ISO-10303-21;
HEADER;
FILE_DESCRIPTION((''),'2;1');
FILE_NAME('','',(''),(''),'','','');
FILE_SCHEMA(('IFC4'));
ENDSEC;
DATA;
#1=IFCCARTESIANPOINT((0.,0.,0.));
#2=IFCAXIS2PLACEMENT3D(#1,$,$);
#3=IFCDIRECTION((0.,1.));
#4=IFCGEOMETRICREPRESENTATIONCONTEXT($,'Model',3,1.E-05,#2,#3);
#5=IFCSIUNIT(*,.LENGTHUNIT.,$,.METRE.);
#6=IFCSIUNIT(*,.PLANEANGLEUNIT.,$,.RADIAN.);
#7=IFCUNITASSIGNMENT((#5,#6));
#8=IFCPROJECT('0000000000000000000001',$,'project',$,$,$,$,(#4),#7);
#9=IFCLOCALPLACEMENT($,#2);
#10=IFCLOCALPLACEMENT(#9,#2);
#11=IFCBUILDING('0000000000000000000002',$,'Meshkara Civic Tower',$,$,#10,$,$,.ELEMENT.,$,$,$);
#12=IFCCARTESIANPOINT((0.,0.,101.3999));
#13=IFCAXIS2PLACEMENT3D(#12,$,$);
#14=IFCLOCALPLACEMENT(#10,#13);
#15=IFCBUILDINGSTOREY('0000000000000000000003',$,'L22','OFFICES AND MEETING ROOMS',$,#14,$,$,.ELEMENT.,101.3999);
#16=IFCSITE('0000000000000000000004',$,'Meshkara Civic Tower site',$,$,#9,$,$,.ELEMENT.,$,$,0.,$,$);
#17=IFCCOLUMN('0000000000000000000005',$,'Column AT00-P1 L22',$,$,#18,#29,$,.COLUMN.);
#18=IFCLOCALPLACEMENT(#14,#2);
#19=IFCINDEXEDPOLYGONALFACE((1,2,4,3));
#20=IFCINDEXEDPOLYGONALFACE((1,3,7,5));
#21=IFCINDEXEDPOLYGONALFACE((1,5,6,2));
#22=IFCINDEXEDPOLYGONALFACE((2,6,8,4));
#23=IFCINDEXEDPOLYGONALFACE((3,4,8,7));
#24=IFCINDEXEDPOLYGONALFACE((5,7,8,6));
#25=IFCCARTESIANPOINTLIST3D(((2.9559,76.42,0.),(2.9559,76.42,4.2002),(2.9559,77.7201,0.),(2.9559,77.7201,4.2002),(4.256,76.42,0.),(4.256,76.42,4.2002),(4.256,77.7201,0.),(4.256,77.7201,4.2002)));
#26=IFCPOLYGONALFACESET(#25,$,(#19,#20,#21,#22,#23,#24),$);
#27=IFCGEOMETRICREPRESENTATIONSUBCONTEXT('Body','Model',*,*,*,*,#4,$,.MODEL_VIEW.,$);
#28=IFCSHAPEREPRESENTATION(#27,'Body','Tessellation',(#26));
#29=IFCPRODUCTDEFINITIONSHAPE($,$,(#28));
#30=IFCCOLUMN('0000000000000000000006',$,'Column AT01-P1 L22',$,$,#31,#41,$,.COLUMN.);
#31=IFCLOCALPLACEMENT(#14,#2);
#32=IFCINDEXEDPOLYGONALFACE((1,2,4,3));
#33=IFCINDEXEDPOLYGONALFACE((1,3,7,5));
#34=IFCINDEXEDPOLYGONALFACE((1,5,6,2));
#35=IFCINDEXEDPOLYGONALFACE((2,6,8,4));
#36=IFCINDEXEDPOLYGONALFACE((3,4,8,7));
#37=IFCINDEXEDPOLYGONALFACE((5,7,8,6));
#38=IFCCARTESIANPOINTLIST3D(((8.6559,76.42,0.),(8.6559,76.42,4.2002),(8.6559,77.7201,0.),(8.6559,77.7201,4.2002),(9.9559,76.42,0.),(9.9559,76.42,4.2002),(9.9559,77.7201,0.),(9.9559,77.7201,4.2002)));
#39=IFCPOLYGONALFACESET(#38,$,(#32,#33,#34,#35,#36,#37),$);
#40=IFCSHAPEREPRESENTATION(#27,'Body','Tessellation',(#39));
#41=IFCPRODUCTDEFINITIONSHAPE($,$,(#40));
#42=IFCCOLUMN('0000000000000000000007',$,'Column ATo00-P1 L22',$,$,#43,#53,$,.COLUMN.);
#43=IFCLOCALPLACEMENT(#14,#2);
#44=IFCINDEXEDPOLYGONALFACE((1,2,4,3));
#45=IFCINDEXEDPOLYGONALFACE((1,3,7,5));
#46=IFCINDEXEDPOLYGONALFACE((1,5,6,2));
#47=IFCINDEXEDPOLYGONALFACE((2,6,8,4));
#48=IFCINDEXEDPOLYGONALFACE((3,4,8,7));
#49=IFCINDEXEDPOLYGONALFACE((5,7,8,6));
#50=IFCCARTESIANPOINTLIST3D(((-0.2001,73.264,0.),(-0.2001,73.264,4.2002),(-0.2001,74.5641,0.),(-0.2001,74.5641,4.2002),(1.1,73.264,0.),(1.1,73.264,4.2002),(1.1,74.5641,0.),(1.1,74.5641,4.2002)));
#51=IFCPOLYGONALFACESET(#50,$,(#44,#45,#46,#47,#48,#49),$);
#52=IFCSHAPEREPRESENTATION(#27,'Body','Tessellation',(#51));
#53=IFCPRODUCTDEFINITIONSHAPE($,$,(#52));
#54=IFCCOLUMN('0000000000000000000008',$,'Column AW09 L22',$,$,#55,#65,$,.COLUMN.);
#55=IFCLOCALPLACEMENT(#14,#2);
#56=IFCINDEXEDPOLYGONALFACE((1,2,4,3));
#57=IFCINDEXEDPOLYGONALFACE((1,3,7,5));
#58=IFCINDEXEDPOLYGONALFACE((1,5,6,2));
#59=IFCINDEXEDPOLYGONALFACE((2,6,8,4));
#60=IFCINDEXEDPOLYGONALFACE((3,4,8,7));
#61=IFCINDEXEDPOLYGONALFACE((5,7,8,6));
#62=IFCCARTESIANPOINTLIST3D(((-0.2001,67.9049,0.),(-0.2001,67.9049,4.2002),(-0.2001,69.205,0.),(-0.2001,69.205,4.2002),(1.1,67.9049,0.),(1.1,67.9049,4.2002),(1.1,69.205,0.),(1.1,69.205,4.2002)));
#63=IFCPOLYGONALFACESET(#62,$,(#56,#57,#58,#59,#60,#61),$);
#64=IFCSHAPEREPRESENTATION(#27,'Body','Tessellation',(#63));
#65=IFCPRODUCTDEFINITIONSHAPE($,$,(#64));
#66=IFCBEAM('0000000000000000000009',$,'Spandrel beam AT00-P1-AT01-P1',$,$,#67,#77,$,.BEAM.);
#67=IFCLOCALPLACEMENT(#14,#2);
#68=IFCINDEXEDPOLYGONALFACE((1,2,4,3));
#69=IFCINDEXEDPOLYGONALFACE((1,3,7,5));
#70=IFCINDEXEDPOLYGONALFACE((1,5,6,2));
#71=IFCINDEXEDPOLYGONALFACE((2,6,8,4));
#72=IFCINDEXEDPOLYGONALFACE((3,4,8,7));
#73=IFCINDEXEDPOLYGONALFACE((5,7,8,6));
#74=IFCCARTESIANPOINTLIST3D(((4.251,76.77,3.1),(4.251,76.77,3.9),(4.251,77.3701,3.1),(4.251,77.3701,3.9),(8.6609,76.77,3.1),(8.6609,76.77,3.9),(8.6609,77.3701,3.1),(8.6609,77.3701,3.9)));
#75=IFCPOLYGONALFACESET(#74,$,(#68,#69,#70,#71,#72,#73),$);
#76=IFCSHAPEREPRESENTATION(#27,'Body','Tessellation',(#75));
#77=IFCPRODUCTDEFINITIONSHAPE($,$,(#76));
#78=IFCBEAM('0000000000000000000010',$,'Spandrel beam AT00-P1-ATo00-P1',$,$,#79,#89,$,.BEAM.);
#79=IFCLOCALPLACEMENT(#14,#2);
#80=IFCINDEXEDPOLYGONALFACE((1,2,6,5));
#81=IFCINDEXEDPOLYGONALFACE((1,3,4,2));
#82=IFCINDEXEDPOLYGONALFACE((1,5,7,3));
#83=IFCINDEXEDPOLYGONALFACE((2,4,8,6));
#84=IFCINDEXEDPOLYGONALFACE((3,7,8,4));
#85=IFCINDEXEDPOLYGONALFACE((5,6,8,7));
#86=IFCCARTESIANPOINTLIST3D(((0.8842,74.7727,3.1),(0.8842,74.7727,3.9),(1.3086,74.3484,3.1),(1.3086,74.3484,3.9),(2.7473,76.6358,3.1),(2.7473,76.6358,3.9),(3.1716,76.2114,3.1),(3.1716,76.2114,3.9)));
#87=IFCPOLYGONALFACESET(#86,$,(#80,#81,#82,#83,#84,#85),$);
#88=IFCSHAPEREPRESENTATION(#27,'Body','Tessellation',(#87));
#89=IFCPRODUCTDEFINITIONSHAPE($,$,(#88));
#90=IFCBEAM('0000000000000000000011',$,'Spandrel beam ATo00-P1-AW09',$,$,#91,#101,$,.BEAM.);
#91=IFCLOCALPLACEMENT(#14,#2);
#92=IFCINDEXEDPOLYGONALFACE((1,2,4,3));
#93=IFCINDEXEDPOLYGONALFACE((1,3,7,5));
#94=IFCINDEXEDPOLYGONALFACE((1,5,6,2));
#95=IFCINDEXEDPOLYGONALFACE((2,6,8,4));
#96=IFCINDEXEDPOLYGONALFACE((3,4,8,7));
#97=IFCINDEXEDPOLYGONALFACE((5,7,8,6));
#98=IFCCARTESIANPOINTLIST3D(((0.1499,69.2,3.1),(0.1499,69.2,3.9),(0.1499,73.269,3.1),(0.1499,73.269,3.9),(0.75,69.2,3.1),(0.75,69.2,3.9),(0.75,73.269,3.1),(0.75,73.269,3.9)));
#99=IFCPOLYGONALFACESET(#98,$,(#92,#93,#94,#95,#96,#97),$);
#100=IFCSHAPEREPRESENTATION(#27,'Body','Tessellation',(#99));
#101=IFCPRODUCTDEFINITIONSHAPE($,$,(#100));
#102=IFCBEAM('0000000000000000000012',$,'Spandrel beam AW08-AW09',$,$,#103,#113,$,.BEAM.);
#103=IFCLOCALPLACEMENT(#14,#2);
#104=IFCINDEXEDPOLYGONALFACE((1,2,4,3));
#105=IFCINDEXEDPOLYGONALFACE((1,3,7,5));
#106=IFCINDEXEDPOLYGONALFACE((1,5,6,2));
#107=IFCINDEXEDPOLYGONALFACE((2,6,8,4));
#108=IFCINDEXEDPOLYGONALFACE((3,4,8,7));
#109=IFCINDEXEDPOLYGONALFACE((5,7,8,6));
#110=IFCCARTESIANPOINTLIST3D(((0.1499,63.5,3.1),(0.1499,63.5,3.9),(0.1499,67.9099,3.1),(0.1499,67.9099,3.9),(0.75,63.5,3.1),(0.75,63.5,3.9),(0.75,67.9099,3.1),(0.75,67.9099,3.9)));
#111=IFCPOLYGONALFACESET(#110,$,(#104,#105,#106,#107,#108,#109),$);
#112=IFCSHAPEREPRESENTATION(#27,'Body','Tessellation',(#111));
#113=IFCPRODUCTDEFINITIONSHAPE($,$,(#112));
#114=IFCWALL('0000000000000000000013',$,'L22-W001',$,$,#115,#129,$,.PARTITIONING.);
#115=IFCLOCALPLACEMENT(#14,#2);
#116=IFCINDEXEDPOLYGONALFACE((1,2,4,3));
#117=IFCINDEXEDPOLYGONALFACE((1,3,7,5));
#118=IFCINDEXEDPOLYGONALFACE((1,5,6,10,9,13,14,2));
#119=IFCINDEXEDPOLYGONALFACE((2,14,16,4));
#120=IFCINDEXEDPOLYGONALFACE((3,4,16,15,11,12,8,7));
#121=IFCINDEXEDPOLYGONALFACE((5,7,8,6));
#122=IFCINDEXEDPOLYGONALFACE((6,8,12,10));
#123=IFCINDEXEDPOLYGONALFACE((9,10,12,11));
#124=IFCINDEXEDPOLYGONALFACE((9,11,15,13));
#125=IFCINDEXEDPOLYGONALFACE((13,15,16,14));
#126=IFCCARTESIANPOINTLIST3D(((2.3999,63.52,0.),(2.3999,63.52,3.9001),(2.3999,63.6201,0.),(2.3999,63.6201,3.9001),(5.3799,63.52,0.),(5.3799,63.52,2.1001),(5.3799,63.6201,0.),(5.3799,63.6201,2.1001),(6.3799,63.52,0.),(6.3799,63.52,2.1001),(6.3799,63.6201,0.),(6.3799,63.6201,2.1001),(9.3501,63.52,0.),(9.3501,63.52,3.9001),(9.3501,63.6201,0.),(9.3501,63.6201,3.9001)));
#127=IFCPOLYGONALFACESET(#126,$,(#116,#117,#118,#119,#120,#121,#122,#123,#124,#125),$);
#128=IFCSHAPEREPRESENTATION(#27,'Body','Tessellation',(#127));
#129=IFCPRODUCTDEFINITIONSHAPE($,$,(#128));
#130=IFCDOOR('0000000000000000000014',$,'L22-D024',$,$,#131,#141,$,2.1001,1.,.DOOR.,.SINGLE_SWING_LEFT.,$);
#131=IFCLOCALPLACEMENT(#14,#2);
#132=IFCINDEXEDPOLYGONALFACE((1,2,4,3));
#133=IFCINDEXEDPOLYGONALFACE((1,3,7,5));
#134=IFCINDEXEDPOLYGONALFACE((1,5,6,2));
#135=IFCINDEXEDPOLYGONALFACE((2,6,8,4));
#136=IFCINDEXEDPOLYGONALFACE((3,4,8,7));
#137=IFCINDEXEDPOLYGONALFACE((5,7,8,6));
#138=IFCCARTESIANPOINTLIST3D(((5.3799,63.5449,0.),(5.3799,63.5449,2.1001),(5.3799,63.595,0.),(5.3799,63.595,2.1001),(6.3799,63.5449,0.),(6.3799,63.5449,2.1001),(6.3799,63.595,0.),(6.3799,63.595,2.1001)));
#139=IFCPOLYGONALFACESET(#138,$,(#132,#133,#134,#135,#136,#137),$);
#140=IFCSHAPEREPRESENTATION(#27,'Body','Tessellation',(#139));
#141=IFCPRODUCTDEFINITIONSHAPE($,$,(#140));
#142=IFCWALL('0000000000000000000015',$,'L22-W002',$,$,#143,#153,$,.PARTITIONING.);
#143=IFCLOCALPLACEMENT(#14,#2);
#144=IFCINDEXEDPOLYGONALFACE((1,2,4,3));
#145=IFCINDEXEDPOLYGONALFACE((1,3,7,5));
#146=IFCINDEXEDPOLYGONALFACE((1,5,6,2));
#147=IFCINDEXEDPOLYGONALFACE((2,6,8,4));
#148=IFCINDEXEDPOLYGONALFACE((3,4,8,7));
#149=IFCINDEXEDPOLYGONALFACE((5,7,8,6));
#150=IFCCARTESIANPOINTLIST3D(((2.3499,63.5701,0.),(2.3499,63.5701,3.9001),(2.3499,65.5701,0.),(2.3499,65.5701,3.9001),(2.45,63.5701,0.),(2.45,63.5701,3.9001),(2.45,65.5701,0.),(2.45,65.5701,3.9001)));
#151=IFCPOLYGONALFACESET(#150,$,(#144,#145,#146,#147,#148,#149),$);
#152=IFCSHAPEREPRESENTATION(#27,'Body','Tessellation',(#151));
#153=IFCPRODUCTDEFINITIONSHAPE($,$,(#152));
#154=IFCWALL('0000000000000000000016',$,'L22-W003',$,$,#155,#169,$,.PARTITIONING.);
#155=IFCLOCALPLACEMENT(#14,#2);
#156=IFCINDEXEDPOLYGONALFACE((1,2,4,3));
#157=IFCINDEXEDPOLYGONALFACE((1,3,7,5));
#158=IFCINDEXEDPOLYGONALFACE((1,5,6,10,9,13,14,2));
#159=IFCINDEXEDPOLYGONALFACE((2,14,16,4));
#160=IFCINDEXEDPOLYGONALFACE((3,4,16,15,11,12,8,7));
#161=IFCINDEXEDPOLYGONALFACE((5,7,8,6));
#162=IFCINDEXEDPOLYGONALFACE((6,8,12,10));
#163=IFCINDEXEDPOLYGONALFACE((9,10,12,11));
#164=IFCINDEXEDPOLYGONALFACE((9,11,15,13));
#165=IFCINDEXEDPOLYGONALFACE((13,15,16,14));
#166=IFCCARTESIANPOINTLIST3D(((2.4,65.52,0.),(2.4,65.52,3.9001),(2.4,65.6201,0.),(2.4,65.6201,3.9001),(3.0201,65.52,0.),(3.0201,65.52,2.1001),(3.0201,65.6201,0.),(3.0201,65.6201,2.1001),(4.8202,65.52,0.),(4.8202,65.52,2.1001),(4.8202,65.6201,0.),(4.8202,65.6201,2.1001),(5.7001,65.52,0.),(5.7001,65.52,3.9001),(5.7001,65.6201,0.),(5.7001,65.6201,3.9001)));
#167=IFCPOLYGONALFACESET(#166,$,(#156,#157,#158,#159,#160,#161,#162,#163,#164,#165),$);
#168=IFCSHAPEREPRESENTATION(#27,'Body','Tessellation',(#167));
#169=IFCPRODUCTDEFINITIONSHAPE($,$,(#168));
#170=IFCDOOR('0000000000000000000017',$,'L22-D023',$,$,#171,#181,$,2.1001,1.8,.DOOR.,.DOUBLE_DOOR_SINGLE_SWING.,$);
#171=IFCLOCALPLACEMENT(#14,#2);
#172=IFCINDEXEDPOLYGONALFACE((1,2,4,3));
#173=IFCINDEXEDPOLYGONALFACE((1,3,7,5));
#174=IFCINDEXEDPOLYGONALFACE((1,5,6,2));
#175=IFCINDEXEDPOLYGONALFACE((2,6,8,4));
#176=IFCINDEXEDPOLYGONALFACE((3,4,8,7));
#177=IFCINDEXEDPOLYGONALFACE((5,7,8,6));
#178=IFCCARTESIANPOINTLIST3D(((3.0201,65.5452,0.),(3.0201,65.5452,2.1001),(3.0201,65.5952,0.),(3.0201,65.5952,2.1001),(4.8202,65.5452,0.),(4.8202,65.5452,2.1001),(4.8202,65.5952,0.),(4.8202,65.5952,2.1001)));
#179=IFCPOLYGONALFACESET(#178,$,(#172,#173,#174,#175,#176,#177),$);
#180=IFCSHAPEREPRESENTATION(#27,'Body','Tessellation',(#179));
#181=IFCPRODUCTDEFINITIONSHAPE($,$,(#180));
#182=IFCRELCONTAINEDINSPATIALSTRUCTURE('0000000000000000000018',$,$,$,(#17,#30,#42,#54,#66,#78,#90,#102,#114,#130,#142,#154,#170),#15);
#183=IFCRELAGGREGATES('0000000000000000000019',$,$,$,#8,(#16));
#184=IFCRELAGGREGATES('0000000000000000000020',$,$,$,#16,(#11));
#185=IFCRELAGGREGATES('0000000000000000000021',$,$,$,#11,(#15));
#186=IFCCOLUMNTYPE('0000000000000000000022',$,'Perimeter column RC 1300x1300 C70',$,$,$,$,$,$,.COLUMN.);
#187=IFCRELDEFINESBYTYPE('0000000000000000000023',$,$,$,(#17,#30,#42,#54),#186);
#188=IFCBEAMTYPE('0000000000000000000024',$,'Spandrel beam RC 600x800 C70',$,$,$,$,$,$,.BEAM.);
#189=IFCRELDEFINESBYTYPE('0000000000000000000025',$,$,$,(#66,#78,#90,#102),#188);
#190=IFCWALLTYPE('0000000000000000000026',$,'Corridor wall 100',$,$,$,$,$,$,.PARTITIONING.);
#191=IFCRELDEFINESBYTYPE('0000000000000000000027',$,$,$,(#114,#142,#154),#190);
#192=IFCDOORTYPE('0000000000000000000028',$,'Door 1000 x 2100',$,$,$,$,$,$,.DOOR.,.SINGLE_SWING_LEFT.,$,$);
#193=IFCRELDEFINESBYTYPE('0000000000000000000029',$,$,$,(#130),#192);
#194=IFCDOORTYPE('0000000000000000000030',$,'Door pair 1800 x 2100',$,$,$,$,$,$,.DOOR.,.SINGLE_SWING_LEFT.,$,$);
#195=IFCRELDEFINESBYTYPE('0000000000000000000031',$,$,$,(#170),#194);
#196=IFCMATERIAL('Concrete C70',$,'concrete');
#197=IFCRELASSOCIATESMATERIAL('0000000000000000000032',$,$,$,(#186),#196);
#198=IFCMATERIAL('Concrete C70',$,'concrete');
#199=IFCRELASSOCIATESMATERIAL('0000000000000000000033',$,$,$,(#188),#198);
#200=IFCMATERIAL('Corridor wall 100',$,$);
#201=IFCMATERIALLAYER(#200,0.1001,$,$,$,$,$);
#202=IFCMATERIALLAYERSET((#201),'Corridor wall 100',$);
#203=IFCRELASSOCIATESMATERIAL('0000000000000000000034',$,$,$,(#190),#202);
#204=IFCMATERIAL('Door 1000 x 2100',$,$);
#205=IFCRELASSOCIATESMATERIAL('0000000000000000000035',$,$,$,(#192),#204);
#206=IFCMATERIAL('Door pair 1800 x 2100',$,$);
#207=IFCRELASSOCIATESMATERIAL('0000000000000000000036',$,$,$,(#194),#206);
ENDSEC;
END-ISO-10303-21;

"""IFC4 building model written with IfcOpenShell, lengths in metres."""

from ifc_helpers import new_model, si_unit, direction, frame, frame_2d, origin, origin_2d, place, context, subcontext, project, spatial, rectangle, extrude, material, layer, layer_set, material_profile, profile_set, type_object, element, fill, save


model = new_model("IFC4")

# Units and contexts
model_context = context("Model", 3, precision=1e-05, world=origin(), true_north=direction((0.0, 1.0)))
body_context = subcontext(model_context, "Body", "Model", "MODEL_VIEW")
ifc_project = project(units=[si_unit("LENGTHUNIT", "METRE"), si_unit("PLANEANGLEUNIT", "RADIAN")], contexts=[model_context])

# Site, building, storey
site_placement = place(None, origin())
site = spatial("IfcSite", under=ifc_project, at=site_placement, Name="Meshkara Civic Tower site", CompositionType="ELEMENT", RefElevation=0.0)
building_placement = place(site_placement, origin())
building = spatial("IfcBuilding", under=site, at=building_placement, Name="Meshkara Civic Tower", CompositionType="ELEMENT")
storey_placement = place(building_placement, frame((0.0, 0.0, 101.3999)))
storey = spatial("IfcBuildingStorey", under=building, at=storey_placement, Name="L22", Description="OFFICES AND MEETING ROOMS", CompositionType="ELEMENT", Elevation=101.3999)

# Columns
ifc_material_1 = material(Name="Concrete C70", Category="concrete")
ifc_material_profile_1 = material_profile(ifc_material_1, rectangle(XDim=1.3, YDim=1.3, at=origin_2d()))
ifc_profile_set_1 = profile_set([ifc_material_profile_1], Name="Concrete C70")
column_type = type_object("IfcColumnType", Name="Perimeter column RC 1300x1300 C70", PredefinedType="COLUMN", material=ifc_profile_set_1)
for number, where, z_axis, x_axis, name in (
    (1, (3.606, 77.0701, 0.0), (0.0, 0.0, 1.0), (1.0, 0.0, 0.0), "Column AT00-P1 L22"),
    (2, (9.3059, 77.0701, 0.0), (0.0, 0.0, 1.0), (1.0, 0.0, 0.0), "Column AT01-P1 L22"),
    (3, (0.45, 73.9141, 0.0), (0.0, 0.0, 1.0), (1.0, 0.0, 0.0), "Column ATo00-P1 L22"),
    (4, (0.45, 68.5549, 0.0), (0.0, 0.0, 1.0), (1.0, 0.0, 0.0), "Column AW09 L22"),
):
    element("IfcColumn", number, at=place(storey_placement, frame(where, z_axis=z_axis, x_axis=x_axis)), inside=storey, type_object=column_type, Name=name, PredefinedType="COLUMN", context=body_context, shape_type="SweptSolid", body=[
        extrude(rectangle(XDim=1.3, YDim=1.3, at=origin_2d()), origin(), (0.0, 0.0, 1.0), 4.2002),
    ])

# Beams
ifc_material_2 = material(Name="Concrete C70", Category="concrete")
ifc_material_profile_2 = material_profile(ifc_material_2, rectangle(XDim=0.6001, YDim=0.8, at=origin_2d()))
ifc_profile_set_2 = profile_set([ifc_material_profile_2], Name="Concrete C70")
beam_type = type_object("IfcBeamType", Name="Spandrel beam RC 600x800 C70", PredefinedType="BEAM", material=ifc_profile_set_2)
beam_1_placement = place(storey_placement, frame((8.6609, 77.0701, 3.5), z_axis=(-1.0, 0.0, 0.0), x_axis=(0.0, -1.0, 0.0)))
element("IfcBeam", 5, at=beam_1_placement, inside=storey, type_object=beam_type, Name="Spandrel beam AT00-P1-AT01-P1", PredefinedType="BEAM", context=body_context, shape_type="SweptSolid", body=[
    extrude(rectangle(XDim=0.6001, YDim=0.8, at=origin_2d()), origin(), (0.0, 0.0, 1.0), 4.4099),
])
beam_2_placement = place(storey_placement, frame((2.9595, 76.4236, 3.5), z_axis=(-0.707107, -0.707107, 0.0), x_axis=(0.707107, -0.707107, 0.0)))
element("IfcBeam", 6, at=beam_2_placement, inside=storey, type_object=beam_type, Name="Spandrel beam AT00-P1-ATo00-P1", PredefinedType="BEAM", context=body_context, shape_type="SweptSolid", body=[
    extrude(rectangle(XDim=0.6001, YDim=0.8, at=origin_2d()), origin(), (0.0, 0.0, 1.0), 2.6348),
])
beam_3_placement = place(storey_placement, frame((0.45, 73.269, 3.5), z_axis=(0.0, -1.0, 0.0), x_axis=(1.0, 0.0, 0.0)))
element("IfcBeam", 7, at=beam_3_placement, inside=storey, type_object=beam_type, Name="Spandrel beam ATo00-P1-AW09", PredefinedType="BEAM", context=body_context, shape_type="SweptSolid", body=[
    extrude(rectangle(XDim=0.6001, YDim=0.8, at=origin_2d()), origin(), (0.0, 0.0, 1.0), 4.0691),
])
beam_4_placement = place(storey_placement, frame((0.45, 67.9099, 3.5), z_axis=(0.0, -1.0, 0.0), x_axis=(1.0, 0.0, 0.0)))
element("IfcBeam", 8, at=beam_4_placement, inside=storey, type_object=beam_type, Name="Spandrel beam AW08-AW09", PredefinedType="BEAM", context=body_context, shape_type="SweptSolid", body=[
    extrude(rectangle(XDim=0.6001, YDim=0.8, at=origin_2d()), origin(), (0.0, 0.0, 1.0), 4.4099),
])

# Wall, opening, door
ifc_material_3 = material(Name="Corridor wall 100")
ifc_layer_1 = layer(ifc_material_3, 0.1001)
ifc_layer_set_1 = layer_set([ifc_layer_1], Name="Corridor wall 100")
wall_type_1 = type_object("IfcWallType", Name="Corridor wall 100", PredefinedType="PARTITIONING", material=ifc_layer_set_1)
wall_1_placement = place(storey_placement, frame((2.3999, 63.5701, 0.0), z_axis=(0.0, 0.0, 1.0), x_axis=(1.0, 0.0, 0.0)))
wall_1 = element("IfcWall", 9, at=wall_1_placement, inside=storey, type_object=wall_type_1, Name="L22-W001", PredefinedType="PARTITIONING", context=body_context, shape_type="SweptSolid", body=[
    extrude(rectangle(XDim=6.9502, YDim=0.1001, at=frame_2d((3.4751, 0.0))), origin(), (0.0, 0.0, 1.0), 3.9001),
])
opening_1_placement = place(wall_1_placement, frame((2.98, 0.0, 0.0)))
opening_1 = element("IfcOpeningElement", 10, at=opening_1_placement, cuts=wall_1, PredefinedType="OPENING", context=body_context, shape_type="SweptSolid", body=[
    extrude(rectangle(XDim=1.0, YDim=2.1001, at=frame_2d((0.5, 1.05))), frame((0.0, 0.0601, 0.0), z_axis=(0.0, -1.0, 0.0), x_axis=(1.0, 0.0, 0.0)), (0.0, 0.0, 1.0), 0.1201),
])
ifc_material_4 = material(Name="Door 1000 x 2100")
door_type_1 = type_object("IfcDoorType", Name="Door 1000 x 2100", OperationType="SINGLE_SWING_LEFT", PredefinedType="DOOR", material=ifc_material_4)
door_1_placement = place(opening_1_placement, origin())
door_1 = element("IfcDoor", 11, at=door_1_placement, inside=storey, type_object=door_type_1, Name="L22-D024", OperationType="SINGLE_SWING_LEFT", OverallHeight=2.1001, OverallWidth=1.0, PredefinedType="DOOR", context=body_context, shape_type="SweptSolid", body=[
    extrude(rectangle(XDim=1.0, YDim=2.1001, at=frame_2d((0.5, 1.05))), frame((0.0, 0.0249, 0.0), z_axis=(0.0, -1.0, 0.0), x_axis=(1.0, 0.0, 0.0)), (0.0, 0.0, 1.0), 0.05),
])
fill(opening_1, door_1)

# Wall
wall_2_placement = place(storey_placement, frame((2.3999, 65.5701, 0.0), z_axis=(0.0, 0.0, 1.0), x_axis=(0.0, -1.0, 0.0)))
element("IfcWall", 12, at=wall_2_placement, inside=storey, type_object=wall_type_1, Name="L22-W002", PredefinedType="PARTITIONING", context=body_context, shape_type="SweptSolid", body=[
    extrude(rectangle(XDim=2.0, YDim=0.1001, at=frame_2d((1.0, 0.0))), origin(), (0.0, 0.0, 1.0), 3.9001),
])

# Wall, opening, door
wall_3_placement = place(storey_placement, frame((5.7, 65.5701, 0.0), z_axis=(0.0, 0.0, 1.0), x_axis=(-1.0, 0.0, 0.0)))
wall_3 = element("IfcWall", 13, at=wall_3_placement, inside=storey, type_object=wall_type_1, Name="L22-W003", PredefinedType="PARTITIONING", context=body_context, shape_type="SweptSolid", body=[
    extrude(rectangle(XDim=3.3, YDim=0.1001, at=frame_2d((1.6499, 0.0))), origin(), (0.0, 0.0, 1.0), 3.9001),
])
opening_2_placement = place(wall_3_placement, frame((0.8799, 0.0, 0.0)))
opening_2 = element("IfcOpeningElement", 14, at=opening_2_placement, cuts=wall_3, PredefinedType="OPENING", context=body_context, shape_type="SweptSolid", body=[
    extrude(rectangle(XDim=1.8, YDim=2.1001, at=frame_2d((0.8999, 1.05))), frame((0.0, 0.0601, 0.0), z_axis=(0.0, -1.0, 0.0), x_axis=(1.0, 0.0, 0.0)), (0.0, 0.0, 1.0), 0.1201),
])
ifc_material_5 = material(Name="Door pair 1800 x 2100")
door_type_2 = type_object("IfcDoorType", Name="Door pair 1800 x 2100", OperationType="SINGLE_SWING_LEFT", PredefinedType="DOOR", material=ifc_material_5)
door_2_placement = place(opening_2_placement, origin())
door_2 = element("IfcDoor", 15, at=door_2_placement, inside=storey, type_object=door_type_2, Name="L22-D023", OperationType="DOUBLE_DOOR_SINGLE_SWING", OverallHeight=2.1001, OverallWidth=1.8, PredefinedType="DOOR", context=body_context, shape_type="SweptSolid", body=[
    extrude(rectangle(XDim=1.8, YDim=2.1001, at=frame_2d((0.8999, 1.05))), frame((0.0, 0.0249, 0.0), z_axis=(0.0, -1.0, 0.0), x_axis=(1.0, 0.0, 0.0)), (0.0, 0.0, 1.0), 0.05),
])
fill(opening_2, door_2)

save(model, "model.ifc")
